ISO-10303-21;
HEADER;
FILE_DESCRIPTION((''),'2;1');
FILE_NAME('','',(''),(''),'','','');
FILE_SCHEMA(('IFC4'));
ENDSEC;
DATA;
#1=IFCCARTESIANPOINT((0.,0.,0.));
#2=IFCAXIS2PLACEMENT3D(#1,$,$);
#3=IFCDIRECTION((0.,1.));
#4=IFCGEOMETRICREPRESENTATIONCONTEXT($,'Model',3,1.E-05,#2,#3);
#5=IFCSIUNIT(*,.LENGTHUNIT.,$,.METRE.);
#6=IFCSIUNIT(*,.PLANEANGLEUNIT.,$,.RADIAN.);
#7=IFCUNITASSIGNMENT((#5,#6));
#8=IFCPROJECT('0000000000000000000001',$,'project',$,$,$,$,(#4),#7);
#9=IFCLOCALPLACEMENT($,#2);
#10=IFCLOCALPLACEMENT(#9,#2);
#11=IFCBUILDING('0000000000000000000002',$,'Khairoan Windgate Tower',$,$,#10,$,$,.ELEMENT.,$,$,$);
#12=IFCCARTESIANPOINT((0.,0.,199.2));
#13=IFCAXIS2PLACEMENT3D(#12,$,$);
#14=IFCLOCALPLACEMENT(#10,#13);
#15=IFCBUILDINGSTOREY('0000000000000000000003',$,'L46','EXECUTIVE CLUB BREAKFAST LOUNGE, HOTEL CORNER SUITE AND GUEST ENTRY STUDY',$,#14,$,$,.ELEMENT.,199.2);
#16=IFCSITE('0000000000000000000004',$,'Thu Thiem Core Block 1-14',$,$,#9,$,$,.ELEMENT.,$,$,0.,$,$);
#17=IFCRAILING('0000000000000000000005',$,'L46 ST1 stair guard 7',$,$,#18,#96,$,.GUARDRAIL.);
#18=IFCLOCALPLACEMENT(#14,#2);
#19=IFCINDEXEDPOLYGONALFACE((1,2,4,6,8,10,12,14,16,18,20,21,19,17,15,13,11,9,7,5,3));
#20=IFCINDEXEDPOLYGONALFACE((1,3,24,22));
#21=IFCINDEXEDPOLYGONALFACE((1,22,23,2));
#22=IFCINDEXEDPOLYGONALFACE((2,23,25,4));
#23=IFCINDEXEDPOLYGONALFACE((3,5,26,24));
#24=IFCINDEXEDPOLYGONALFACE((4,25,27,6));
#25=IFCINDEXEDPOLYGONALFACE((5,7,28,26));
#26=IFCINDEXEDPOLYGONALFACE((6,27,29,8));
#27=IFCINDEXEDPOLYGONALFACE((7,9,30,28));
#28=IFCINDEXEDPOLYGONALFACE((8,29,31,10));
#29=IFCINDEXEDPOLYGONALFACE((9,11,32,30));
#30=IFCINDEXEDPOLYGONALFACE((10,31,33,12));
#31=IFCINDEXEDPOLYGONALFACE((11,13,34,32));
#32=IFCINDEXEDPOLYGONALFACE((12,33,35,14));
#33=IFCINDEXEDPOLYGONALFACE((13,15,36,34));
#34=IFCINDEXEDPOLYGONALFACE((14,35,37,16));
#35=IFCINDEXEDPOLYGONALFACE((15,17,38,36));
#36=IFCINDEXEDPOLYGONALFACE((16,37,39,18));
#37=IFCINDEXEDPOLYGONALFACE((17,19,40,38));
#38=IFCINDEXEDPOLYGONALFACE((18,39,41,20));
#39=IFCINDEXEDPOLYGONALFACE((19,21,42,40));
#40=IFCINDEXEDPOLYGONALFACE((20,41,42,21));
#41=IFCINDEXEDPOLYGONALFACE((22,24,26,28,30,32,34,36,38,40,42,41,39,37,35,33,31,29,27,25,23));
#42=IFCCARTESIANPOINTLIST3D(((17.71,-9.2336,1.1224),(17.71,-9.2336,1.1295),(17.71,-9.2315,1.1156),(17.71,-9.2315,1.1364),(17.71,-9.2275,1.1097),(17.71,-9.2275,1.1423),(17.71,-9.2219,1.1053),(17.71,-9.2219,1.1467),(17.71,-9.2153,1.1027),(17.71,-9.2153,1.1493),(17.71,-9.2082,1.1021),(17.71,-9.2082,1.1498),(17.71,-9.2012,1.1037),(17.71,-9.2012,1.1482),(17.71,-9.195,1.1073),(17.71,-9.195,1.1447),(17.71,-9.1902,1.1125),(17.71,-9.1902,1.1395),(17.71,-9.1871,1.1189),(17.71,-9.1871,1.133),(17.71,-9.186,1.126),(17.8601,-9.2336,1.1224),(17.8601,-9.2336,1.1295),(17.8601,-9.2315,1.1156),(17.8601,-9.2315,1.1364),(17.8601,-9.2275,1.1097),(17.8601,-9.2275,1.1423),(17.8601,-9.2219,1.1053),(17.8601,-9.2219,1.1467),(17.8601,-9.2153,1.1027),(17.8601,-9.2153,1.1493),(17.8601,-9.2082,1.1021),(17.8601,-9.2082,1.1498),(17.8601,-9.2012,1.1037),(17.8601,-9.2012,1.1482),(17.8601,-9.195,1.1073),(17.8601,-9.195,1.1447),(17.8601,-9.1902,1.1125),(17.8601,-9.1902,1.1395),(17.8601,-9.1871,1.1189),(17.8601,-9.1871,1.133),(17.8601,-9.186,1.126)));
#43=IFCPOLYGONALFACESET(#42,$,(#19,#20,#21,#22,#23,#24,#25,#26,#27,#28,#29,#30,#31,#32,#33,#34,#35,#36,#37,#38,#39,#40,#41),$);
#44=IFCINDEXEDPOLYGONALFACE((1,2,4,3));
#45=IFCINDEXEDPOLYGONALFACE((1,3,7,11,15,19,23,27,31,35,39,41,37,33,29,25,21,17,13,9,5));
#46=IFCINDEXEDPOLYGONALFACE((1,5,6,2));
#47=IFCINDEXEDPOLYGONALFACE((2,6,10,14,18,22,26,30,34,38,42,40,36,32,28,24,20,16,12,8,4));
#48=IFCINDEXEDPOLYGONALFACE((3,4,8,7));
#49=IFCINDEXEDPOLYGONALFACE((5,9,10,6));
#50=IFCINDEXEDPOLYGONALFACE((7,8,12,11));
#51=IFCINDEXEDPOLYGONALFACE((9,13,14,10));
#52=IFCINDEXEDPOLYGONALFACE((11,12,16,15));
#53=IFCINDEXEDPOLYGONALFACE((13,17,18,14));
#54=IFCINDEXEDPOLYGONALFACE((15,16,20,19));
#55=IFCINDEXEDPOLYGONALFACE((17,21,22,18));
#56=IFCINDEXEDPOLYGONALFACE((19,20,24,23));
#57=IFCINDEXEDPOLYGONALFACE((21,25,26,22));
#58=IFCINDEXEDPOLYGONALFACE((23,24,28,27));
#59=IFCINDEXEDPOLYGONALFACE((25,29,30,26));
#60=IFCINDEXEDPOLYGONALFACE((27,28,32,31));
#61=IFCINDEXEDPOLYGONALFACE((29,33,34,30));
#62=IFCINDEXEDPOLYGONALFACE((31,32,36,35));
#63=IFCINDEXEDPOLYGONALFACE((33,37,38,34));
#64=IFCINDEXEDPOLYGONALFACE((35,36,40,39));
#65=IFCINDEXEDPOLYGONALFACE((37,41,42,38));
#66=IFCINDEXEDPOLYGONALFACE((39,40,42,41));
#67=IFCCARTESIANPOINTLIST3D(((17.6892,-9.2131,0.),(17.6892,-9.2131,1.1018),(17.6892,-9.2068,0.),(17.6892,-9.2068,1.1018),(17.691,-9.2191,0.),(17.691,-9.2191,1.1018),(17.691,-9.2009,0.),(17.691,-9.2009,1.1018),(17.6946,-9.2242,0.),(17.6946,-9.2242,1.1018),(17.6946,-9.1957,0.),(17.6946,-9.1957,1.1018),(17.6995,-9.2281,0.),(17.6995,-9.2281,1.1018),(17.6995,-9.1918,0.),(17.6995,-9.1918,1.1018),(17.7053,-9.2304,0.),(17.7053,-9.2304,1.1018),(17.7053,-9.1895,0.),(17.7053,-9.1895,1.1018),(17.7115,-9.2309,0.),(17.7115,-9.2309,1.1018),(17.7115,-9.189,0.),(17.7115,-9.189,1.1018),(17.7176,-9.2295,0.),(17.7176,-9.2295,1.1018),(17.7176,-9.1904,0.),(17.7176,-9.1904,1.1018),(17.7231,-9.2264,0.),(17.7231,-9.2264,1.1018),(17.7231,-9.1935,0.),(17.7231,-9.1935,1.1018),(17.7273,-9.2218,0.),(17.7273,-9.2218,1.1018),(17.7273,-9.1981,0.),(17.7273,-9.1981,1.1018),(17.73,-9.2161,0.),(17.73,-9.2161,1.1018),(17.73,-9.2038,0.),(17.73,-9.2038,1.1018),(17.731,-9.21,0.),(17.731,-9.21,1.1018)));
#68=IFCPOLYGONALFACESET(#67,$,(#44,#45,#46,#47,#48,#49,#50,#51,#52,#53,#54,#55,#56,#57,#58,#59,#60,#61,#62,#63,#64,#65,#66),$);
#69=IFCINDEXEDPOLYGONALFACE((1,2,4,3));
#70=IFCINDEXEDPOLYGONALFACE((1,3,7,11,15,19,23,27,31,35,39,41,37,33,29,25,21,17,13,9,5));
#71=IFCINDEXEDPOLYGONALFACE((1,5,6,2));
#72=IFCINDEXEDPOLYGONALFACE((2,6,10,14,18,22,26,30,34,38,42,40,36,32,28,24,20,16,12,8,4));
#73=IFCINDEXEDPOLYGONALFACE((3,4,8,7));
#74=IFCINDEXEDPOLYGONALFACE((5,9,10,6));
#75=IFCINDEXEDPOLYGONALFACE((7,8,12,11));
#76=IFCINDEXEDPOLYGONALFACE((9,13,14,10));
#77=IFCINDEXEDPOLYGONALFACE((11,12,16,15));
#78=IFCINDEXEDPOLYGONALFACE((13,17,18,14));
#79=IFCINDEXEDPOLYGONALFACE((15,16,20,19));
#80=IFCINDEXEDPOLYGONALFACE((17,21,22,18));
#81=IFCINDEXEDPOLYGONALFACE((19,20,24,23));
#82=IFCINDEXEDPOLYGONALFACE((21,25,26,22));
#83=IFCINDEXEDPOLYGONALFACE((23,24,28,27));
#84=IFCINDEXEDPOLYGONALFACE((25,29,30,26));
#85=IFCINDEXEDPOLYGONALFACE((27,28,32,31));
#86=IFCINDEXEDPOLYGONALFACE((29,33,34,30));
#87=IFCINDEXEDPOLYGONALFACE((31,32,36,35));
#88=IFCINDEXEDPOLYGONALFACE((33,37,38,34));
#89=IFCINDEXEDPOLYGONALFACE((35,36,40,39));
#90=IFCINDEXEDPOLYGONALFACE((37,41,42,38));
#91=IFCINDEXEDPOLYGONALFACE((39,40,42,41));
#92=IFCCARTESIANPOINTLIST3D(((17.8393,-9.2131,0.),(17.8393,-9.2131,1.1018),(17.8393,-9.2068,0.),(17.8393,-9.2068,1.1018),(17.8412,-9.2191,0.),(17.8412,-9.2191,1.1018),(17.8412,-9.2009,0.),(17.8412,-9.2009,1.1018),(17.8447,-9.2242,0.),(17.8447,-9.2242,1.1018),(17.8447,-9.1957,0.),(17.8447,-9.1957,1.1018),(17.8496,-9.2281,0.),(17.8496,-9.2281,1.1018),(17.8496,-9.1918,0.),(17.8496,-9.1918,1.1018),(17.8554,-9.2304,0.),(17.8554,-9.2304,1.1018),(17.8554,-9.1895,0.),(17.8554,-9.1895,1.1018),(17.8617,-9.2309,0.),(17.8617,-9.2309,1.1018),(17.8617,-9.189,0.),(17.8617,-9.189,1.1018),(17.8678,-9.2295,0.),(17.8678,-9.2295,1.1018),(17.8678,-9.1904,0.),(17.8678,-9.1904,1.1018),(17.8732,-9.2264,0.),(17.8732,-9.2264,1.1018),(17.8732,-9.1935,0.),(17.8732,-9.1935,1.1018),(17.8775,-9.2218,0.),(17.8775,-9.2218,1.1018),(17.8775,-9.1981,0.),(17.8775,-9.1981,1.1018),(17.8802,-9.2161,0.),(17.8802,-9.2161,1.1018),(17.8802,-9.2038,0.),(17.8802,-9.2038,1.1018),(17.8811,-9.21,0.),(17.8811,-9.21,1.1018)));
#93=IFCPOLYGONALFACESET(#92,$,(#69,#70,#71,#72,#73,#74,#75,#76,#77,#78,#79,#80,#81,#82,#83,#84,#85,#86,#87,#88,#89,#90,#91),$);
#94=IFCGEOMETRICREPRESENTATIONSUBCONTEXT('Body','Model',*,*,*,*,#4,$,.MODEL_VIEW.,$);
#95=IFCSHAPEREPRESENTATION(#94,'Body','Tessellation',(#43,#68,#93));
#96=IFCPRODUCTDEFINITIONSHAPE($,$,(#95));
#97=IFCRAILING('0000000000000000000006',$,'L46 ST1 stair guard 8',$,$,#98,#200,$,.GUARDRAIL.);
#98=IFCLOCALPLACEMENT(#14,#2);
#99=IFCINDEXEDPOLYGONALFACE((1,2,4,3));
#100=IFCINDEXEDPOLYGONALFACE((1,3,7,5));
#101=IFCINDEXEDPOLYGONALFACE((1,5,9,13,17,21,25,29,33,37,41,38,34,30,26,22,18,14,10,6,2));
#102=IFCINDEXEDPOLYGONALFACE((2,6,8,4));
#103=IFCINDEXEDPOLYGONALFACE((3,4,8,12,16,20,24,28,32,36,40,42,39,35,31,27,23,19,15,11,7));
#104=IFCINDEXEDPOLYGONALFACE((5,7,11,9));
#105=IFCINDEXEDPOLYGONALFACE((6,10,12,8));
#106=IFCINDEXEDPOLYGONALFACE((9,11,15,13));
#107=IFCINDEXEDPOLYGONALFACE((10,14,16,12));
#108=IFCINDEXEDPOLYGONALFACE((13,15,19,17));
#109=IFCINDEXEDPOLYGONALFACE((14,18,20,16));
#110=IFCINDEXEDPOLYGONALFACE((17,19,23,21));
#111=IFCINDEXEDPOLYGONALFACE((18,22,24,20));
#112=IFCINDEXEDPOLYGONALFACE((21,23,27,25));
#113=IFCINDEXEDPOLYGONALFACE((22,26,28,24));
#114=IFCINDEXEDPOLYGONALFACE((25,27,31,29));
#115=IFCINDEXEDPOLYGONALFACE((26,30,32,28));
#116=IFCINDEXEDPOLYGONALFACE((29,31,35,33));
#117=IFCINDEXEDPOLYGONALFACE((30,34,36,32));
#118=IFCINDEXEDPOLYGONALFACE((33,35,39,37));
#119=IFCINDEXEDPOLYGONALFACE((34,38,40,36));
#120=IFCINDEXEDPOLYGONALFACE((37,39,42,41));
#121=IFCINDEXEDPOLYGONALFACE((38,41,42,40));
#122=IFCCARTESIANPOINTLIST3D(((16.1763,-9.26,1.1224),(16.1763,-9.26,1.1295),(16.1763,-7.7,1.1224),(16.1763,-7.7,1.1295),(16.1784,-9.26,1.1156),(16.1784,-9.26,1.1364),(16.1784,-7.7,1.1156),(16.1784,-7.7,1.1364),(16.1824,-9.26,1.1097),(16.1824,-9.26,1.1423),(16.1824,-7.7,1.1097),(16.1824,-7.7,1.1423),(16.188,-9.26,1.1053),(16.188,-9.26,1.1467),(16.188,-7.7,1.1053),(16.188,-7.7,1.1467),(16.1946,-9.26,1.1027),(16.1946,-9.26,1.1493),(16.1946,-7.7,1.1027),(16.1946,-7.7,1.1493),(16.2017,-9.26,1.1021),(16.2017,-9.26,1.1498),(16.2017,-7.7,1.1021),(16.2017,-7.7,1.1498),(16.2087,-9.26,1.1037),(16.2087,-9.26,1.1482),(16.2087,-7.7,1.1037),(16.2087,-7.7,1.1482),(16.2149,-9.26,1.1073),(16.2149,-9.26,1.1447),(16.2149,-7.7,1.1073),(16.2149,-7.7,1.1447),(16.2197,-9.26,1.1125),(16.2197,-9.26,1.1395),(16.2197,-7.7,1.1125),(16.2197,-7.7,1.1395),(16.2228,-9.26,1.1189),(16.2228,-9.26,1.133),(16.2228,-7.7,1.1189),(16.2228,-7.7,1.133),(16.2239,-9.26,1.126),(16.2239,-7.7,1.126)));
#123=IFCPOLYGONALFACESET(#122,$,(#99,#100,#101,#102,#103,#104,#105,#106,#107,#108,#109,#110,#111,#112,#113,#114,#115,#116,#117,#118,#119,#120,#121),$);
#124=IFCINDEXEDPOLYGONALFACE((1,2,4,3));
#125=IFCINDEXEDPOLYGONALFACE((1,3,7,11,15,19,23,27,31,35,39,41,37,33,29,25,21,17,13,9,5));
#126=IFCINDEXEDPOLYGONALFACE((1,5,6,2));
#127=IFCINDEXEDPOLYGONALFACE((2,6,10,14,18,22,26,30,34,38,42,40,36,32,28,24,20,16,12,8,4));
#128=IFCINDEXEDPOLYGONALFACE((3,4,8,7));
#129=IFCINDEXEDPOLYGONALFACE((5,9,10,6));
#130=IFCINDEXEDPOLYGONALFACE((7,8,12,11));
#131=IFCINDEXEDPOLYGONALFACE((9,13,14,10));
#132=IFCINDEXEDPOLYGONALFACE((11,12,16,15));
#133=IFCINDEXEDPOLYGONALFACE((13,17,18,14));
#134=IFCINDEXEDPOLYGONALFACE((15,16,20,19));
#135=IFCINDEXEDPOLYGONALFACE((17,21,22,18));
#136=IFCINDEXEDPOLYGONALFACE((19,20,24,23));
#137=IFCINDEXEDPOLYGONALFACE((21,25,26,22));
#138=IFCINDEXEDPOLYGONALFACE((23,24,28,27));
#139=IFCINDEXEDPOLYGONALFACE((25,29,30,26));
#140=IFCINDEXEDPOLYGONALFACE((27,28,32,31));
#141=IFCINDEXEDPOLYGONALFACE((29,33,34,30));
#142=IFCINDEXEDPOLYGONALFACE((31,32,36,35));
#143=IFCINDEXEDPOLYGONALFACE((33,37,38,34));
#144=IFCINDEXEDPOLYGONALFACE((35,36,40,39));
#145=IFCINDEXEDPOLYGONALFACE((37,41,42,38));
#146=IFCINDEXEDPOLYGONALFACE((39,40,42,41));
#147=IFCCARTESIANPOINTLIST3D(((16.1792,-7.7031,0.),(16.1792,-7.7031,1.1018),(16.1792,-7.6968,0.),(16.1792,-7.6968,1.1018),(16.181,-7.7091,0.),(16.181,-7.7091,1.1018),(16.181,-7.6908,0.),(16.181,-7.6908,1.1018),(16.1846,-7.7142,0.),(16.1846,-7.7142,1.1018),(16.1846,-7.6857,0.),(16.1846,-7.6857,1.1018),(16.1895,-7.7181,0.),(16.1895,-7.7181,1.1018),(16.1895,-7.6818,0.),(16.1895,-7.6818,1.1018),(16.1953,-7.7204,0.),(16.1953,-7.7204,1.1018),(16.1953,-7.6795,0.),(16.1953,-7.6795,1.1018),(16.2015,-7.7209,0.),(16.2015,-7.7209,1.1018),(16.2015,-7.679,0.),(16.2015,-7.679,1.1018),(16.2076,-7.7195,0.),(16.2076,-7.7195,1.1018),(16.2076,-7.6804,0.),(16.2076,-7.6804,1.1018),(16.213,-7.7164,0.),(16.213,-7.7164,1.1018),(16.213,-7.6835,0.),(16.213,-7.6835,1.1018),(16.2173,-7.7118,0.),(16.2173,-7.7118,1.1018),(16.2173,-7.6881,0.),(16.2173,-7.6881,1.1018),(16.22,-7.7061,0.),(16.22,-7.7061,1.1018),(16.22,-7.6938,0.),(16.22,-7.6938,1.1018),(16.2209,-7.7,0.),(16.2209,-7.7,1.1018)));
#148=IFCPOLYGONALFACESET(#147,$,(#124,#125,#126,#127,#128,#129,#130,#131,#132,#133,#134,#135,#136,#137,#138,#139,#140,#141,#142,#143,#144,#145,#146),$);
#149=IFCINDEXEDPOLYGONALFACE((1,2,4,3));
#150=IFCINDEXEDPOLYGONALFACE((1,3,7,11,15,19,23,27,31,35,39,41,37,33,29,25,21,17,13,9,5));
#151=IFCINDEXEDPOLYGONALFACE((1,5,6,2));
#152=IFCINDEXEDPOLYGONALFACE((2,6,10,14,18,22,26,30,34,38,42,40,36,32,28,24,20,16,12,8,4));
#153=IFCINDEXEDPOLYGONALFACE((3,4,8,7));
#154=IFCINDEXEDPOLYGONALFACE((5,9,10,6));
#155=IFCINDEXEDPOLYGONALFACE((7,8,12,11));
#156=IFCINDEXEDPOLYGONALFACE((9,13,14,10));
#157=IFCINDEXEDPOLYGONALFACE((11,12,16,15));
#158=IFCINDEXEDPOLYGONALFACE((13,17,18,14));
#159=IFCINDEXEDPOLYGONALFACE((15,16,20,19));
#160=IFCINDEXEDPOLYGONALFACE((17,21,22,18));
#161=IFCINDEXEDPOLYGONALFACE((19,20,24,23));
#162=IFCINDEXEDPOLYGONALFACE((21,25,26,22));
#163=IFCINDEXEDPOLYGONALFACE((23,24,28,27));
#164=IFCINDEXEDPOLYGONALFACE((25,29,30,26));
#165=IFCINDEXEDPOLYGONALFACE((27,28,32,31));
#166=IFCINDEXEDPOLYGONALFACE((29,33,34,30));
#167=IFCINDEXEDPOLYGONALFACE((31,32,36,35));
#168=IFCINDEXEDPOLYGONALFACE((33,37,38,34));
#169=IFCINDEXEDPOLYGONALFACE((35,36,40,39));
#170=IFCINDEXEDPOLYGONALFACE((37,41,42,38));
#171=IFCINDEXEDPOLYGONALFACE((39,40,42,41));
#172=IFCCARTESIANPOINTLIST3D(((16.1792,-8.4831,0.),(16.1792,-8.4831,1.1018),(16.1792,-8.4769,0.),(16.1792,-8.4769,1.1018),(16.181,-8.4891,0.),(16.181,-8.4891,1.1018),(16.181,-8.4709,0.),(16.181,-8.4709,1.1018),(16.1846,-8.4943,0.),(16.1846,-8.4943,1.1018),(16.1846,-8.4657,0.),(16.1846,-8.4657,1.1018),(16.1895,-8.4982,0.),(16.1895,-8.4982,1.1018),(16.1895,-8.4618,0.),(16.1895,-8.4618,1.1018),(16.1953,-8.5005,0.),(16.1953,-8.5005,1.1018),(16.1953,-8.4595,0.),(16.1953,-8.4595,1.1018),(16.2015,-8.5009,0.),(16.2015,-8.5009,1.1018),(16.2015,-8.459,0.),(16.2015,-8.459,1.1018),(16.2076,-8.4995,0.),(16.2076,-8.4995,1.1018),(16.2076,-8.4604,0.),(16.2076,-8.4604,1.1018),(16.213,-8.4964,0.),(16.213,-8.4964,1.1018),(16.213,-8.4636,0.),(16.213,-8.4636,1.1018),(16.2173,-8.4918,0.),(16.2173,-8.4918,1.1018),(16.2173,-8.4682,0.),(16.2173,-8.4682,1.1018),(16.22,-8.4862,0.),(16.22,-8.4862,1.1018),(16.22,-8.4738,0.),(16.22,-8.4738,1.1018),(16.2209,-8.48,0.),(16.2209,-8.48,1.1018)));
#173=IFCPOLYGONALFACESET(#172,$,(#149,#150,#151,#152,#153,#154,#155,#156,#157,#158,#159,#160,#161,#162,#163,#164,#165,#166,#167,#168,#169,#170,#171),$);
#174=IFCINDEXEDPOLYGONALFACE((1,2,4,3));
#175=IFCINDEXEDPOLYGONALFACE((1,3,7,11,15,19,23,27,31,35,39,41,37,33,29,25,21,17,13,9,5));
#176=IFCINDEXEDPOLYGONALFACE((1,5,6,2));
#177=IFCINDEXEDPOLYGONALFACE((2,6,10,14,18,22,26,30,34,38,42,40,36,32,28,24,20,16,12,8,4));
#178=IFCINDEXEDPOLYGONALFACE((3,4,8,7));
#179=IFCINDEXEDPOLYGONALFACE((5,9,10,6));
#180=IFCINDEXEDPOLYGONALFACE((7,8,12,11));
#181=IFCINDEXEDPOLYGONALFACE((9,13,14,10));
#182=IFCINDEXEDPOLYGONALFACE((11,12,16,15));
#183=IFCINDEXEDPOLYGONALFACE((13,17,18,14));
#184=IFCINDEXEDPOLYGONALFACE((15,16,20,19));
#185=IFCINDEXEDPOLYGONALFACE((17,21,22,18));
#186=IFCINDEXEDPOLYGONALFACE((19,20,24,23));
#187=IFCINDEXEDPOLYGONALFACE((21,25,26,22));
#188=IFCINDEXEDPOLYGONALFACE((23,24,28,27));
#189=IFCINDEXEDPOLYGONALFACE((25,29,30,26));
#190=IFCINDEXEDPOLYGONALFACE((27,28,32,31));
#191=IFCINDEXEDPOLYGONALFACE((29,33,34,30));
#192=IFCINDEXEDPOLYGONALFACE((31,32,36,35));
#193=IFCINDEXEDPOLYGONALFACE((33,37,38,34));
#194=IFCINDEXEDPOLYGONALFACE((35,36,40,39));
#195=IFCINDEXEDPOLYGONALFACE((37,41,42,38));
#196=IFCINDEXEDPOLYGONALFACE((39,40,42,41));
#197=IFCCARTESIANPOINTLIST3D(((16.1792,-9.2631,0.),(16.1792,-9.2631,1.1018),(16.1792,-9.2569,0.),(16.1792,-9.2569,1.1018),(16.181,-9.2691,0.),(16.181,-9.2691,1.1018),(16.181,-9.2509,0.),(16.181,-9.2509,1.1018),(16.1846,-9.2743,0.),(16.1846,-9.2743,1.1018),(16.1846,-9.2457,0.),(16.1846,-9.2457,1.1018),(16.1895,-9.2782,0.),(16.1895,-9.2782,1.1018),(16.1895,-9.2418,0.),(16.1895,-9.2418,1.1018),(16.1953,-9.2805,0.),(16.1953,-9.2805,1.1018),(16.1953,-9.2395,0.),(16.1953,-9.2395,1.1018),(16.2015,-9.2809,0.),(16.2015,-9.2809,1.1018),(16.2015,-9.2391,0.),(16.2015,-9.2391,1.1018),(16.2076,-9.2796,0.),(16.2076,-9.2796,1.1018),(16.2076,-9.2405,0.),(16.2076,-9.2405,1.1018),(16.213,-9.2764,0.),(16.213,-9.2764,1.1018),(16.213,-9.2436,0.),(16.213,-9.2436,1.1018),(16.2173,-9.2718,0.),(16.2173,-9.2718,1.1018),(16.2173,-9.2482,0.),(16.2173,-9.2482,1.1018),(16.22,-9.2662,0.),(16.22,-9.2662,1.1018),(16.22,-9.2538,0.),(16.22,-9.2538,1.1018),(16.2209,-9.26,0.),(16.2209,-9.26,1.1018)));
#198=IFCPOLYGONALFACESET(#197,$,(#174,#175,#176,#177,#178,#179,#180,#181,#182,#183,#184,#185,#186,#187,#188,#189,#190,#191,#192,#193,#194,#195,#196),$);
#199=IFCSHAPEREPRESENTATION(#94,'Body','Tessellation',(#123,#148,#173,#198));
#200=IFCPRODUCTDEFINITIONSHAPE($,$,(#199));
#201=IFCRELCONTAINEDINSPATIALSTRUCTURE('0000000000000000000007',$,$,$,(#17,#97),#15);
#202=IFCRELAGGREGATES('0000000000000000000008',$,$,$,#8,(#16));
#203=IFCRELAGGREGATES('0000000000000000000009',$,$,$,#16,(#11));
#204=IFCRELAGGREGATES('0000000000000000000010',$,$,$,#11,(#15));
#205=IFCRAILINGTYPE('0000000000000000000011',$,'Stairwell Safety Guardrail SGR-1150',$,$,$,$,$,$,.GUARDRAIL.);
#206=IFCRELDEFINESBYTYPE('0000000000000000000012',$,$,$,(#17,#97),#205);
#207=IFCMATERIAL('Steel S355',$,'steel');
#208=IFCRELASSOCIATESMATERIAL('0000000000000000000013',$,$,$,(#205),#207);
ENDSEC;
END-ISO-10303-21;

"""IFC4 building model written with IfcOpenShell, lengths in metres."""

from ifc_helpers import new_model, si_unit, direction, frame, origin, origin_2d, place, context, subcontext, project, spatial, circle, extrude, material, type_object, element, save


model = new_model("IFC4")

# Units and contexts
model_context = context("Model", 3, precision=1e-05, world=origin(), true_north=direction((0.0, 1.0)))
body_context = subcontext(model_context, "Body", "Model", "MODEL_VIEW")
ifc_project = project(units=[si_unit("LENGTHUNIT", "METRE"), si_unit("PLANEANGLEUNIT", "RADIAN")], contexts=[model_context])

# Site, building, storey
site_placement = place(None, origin())
site = spatial("IfcSite", under=ifc_project, at=site_placement, Name="Thu Thiem Core Block 1-14", CompositionType="ELEMENT", RefElevation=0.0)
building_placement = place(site_placement, origin())
building = spatial("IfcBuilding", under=site, at=building_placement, Name="Khairoan Windgate Tower", CompositionType="ELEMENT")
storey_placement = place(building_placement, frame((0.0, 0.0, 199.2)))
storey = spatial("IfcBuildingStorey", under=building, at=storey_placement, Name="L46", Description="EXECUTIVE CLUB BREAKFAST LOUNGE, HOTEL CORNER SUITE AND GUEST ENTRY STUDY", CompositionType="ELEMENT", Elevation=199.2)

# Railings
ifc_material_1 = material(Name="Steel S355", Category="steel")
railing_type_1 = type_object("IfcRailingType", Name="Stairwell Safety Guardrail SGR-1150", PredefinedType="GUARDRAIL", material=ifc_material_1)
railing_1_placement = place(storey_placement, frame((17.71, -9.21, 0.0)))
element("IfcRailing", 1, at=railing_1_placement, inside=storey, type_object=railing_type_1, Name="L46 ST1 stair guard 7", PredefinedType="GUARDRAIL", context=body_context, shape_type="SweptSolid", body=[
    extrude(circle(Radius=0.0239, at=origin_2d()), frame((0.0, 0.0, 1.126), z_axis=(1.0, 0.0, 0.0), x_axis=(0.0, 1.0, 0.0)), (0.0, 0.0, 1.0), 0.1501),
    extrude(circle(Radius=0.021, at=origin_2d()), origin(), (0.0, 0.0, 1.0), 1.1018),
    extrude(circle(Radius=0.021, at=origin_2d()), frame((0.1501, 0.0, 0.0)), (0.0, 0.0, 1.0), 1.1018),
])
for number, where, name in (
    (2, (16.2, -7.7, 0.0), "L46 ST1 stair guard 8"),
):
    element("IfcRailing", number, at=place(storey_placement, frame(where)), inside=storey, type_object=railing_type_1, Name=name, PredefinedType="GUARDRAIL", context=body_context, shape_type="SweptSolid", body=[
        extrude(circle(Radius=0.0239, at=origin_2d()), frame((0.0, 0.0, 1.126), z_axis=(0.0, -1.0, 0.0), x_axis=(1.0, 0.0, 0.0)), (0.0, 0.0, 1.0), 1.5601),
        extrude(circle(Radius=0.021, at=origin_2d()), origin(), (0.0, 0.0, 1.0), 1.1018),
        extrude(circle(Radius=0.021, at=origin_2d()), frame((0.0, -0.78, 0.0)), (0.0, 0.0, 1.0), 1.1018),
        extrude(circle(Radius=0.021, at=origin_2d()), frame((0.0, -1.5601, 0.0)), (0.0, 0.0, 1.0), 1.1018),
    ])

save(model, "model.ifc")
